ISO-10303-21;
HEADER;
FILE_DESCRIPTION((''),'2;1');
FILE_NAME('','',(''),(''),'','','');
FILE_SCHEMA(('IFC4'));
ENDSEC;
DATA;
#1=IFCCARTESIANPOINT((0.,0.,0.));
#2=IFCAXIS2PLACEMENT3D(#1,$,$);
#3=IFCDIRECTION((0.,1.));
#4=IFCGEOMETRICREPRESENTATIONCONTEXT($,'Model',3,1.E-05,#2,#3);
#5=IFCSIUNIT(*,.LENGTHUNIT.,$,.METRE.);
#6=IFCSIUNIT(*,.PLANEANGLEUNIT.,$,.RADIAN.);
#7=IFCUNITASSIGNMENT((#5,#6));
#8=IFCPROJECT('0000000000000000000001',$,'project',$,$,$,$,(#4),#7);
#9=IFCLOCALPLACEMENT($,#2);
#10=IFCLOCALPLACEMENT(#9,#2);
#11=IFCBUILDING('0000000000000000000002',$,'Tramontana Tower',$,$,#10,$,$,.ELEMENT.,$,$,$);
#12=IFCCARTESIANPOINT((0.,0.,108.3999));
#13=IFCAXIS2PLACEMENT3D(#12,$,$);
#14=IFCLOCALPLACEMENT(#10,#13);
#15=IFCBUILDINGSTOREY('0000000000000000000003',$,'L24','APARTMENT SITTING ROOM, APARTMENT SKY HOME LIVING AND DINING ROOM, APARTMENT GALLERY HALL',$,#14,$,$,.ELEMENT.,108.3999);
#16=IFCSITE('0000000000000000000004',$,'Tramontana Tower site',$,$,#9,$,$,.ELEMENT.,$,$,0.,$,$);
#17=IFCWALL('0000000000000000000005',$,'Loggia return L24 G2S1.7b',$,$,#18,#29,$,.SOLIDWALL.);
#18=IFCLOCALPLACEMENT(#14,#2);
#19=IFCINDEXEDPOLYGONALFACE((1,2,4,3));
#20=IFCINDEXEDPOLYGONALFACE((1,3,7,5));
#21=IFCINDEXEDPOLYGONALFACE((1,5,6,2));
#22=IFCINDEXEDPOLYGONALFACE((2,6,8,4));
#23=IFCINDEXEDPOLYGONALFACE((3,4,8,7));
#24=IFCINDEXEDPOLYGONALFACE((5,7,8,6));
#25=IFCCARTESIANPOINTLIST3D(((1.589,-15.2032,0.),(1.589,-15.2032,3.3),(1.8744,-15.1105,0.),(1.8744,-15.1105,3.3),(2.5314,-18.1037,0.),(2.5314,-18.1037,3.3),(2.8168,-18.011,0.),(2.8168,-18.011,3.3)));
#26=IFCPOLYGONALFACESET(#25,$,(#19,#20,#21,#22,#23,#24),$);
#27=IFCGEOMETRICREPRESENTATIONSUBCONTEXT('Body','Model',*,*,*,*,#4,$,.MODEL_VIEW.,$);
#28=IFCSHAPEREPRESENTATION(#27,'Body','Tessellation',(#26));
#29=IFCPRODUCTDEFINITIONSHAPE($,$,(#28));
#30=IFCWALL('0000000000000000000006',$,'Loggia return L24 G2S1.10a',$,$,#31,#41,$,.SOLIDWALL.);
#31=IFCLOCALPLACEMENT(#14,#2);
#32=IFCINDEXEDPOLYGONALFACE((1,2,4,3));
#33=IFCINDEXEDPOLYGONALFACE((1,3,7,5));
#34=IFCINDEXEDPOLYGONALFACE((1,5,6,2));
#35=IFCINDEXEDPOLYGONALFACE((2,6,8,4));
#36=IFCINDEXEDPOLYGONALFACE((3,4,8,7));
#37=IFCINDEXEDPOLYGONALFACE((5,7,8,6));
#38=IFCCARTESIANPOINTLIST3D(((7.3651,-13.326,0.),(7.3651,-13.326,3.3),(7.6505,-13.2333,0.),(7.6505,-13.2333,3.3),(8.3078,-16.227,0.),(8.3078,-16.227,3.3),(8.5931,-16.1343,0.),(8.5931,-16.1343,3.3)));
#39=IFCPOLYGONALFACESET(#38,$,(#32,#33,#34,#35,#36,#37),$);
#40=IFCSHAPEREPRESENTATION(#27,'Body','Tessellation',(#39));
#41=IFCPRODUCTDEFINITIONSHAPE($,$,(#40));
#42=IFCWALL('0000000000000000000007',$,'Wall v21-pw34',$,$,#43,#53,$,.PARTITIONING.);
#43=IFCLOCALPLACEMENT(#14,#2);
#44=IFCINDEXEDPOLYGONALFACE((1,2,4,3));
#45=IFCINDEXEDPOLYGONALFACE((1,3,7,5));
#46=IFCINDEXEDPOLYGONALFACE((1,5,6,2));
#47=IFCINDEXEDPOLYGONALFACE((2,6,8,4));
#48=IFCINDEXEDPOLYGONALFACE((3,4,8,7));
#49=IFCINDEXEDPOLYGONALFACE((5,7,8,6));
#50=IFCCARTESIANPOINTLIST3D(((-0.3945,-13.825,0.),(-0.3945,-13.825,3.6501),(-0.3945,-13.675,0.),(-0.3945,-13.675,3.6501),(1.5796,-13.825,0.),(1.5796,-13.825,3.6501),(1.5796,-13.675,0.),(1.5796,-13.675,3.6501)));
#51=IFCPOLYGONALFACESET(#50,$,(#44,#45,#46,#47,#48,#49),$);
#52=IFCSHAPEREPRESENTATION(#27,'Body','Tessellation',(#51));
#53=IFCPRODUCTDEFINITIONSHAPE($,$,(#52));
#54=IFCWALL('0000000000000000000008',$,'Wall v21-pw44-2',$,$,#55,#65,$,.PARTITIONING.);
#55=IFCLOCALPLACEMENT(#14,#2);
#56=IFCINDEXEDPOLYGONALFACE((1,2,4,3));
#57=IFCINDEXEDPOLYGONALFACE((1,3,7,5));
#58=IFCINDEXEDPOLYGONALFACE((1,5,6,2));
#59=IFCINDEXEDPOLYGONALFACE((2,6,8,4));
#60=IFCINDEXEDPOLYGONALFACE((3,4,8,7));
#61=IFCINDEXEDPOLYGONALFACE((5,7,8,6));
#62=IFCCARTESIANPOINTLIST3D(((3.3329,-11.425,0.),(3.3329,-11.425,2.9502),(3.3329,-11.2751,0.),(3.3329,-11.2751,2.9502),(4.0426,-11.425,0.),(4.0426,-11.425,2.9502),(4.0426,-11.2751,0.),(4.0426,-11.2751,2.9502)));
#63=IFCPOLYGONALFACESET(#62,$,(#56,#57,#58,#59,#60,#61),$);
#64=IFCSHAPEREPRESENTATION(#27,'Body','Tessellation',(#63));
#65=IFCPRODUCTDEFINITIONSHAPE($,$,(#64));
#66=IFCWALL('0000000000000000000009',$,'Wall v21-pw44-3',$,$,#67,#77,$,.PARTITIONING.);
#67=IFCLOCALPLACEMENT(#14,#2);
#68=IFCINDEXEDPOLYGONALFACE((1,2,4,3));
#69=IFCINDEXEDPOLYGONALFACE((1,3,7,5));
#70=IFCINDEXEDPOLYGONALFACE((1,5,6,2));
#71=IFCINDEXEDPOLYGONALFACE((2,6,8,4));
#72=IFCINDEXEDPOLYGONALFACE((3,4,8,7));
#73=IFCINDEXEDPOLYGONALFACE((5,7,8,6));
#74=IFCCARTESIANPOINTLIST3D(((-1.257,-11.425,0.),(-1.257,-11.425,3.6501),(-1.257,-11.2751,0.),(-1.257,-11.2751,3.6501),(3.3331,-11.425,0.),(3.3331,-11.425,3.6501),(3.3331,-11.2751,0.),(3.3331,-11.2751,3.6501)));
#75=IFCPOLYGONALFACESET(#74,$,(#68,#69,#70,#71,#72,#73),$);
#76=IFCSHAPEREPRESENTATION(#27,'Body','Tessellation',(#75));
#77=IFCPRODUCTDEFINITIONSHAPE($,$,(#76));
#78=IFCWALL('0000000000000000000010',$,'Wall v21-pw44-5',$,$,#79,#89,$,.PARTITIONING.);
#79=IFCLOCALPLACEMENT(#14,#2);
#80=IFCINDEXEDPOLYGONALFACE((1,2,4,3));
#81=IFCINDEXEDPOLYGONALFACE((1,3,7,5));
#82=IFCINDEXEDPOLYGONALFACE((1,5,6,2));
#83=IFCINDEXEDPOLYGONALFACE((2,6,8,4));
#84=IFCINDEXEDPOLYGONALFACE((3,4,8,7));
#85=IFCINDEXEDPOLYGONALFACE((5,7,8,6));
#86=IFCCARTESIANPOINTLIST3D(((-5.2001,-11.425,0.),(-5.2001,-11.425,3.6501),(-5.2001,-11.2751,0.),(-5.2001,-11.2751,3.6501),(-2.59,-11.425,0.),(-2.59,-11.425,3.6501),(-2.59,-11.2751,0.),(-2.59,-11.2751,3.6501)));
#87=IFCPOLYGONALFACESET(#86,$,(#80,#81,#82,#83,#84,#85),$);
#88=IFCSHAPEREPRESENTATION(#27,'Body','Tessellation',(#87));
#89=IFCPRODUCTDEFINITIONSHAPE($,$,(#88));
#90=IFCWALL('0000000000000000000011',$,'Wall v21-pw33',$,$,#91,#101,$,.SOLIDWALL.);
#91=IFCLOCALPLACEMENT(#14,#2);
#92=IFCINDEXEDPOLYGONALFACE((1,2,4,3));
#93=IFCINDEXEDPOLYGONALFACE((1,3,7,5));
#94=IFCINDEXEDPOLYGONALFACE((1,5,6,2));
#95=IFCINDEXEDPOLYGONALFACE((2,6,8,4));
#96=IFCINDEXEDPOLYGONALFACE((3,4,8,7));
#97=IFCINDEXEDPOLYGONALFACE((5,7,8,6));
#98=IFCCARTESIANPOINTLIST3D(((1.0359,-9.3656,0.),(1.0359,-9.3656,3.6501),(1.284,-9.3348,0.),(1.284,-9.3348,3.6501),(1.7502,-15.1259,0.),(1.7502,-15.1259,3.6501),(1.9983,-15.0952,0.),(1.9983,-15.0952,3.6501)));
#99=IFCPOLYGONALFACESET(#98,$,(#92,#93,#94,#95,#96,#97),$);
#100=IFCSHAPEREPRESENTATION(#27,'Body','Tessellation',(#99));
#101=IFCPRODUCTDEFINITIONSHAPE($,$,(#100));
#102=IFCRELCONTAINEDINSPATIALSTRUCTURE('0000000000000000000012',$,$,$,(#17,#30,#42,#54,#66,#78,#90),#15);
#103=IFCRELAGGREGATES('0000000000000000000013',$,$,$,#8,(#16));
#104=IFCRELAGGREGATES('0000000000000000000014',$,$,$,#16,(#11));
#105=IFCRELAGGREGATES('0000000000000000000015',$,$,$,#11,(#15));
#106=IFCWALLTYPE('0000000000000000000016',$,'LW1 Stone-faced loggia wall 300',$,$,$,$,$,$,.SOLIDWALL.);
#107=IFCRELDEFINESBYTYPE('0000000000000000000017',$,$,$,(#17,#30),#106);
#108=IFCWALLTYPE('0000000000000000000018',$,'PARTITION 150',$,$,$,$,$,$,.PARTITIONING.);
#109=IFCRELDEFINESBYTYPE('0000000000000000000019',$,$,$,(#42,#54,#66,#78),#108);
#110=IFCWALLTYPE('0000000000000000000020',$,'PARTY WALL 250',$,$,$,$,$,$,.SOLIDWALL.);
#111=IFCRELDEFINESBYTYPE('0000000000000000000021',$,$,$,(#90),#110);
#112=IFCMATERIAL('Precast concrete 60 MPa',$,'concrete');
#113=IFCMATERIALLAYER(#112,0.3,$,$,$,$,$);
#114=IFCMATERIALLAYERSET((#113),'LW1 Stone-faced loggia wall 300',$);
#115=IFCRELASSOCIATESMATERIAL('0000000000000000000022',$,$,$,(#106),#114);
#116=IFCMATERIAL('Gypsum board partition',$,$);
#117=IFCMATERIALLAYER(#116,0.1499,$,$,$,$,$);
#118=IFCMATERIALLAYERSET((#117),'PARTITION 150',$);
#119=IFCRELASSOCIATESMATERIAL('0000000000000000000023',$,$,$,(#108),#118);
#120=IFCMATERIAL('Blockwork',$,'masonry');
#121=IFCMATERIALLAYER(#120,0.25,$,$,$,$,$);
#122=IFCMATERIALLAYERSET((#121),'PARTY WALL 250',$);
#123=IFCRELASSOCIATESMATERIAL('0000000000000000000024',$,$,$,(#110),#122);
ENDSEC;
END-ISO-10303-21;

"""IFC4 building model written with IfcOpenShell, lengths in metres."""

from ifc_helpers import new_model, si_unit, direction, frame, frame_2d, origin, place, context, subcontext, project, spatial, rectangle, extrude, material, layer, layer_set, type_object, element, save


model = new_model("IFC4")

# Units and contexts
model_context = context("Model", 3, precision=1e-05, world=origin(), true_north=direction((0.0, 1.0)))
body_context = subcontext(model_context, "Body", "Model", "MODEL_VIEW")
ifc_project = project(units=[si_unit("LENGTHUNIT", "METRE"), si_unit("PLANEANGLEUNIT", "RADIAN")], contexts=[model_context])

# Site, building, storey
site_placement = place(None, origin())
site = spatial("IfcSite", under=ifc_project, at=site_placement, Name="Tramontana Tower site", CompositionType="ELEMENT", RefElevation=0.0)
building_placement = place(site_placement, origin())
building = spatial("IfcBuilding", under=site, at=building_placement, Name="Tramontana Tower", CompositionType="ELEMENT")
storey_placement = place(building_placement, frame((0.0, 0.0, 108.3999)))
storey = spatial("IfcBuildingStorey", under=building, at=storey_placement, Name="L24", Description="APARTMENT SITTING ROOM, APARTMENT SKY HOME LIVING AND DINING ROOM, APARTMENT GALLERY HALL", CompositionType="ELEMENT", Elevation=108.3999)

# Shared definitions
ifc_material_1 = material(Name="Precast concrete 60 MPa", Category="concrete")
ifc_layer_1 = layer(ifc_material_1, 0.3)
ifc_layer_set_1 = layer_set([ifc_layer_1], Name="LW1 Stone-faced loggia wall 300")
wall_type_1 = type_object("IfcWallType", Name="LW1 Stone-faced loggia wall 300", PredefinedType="SOLIDWALL", material=ifc_layer_set_1)

# Wall
wall_1_placement = place(storey_placement, frame((2.6741, -18.0574, 0.0), z_axis=(0.0, 0.0, 1.0), x_axis=(-0.30899, 0.951065, 0.0)))
element("IfcWall", 1, at=wall_1_placement, inside=storey, type_object=wall_type_1, Name="Loggia return L24 G2S1.7b", PredefinedType="SOLIDWALL", context=body_context, shape_type="SweptSolid", body=[
    extrude(rectangle(XDim=3.0498, YDim=0.3, at=frame_2d((1.5249, 0.0))), origin(), (0.0, 0.0, 1.0), 3.3),
])

# Wall
wall_2_placement = place(storey_placement, frame((8.4504, -16.1807, 0.0), z_axis=(0.0, 0.0, 1.0), x_axis=(-0.309039, 0.951049, 0.0)))
element("IfcWall", 2, at=wall_2_placement, inside=storey, type_object=wall_type_1, Name="Loggia return L24 G2S1.10a", PredefinedType="SOLIDWALL", context=body_context, shape_type="SweptSolid", body=[
    extrude(rectangle(XDim=3.0503, YDim=0.3, at=frame_2d((1.5251, 0.0))), origin(), (0.0, 0.0, 1.0), 3.3),
])

# Shared definitions
ifc_material_2 = material(Name="Gypsum board partition")
ifc_layer_2 = layer(ifc_material_2, 0.1499)
ifc_layer_set_2 = layer_set([ifc_layer_2], Name="PARTITION 150")
wall_type_2 = type_object("IfcWallType", Name="PARTITION 150", PredefinedType="PARTITIONING", material=ifc_layer_set_2)

# Walls
wall_3_placement = place(storey_placement, frame((1.5796, -13.75, 0.0), z_axis=(0.0, 0.0, 1.0), x_axis=(-1.0, 0.0, 0.0)))
element("IfcWall", 3, at=wall_3_placement, inside=storey, type_object=wall_type_2, Name="Wall v21-pw34", PredefinedType="PARTITIONING", context=body_context, shape_type="SweptSolid", body=[
    extrude(rectangle(XDim=1.9741, YDim=0.1499, at=frame_2d((0.9871, 0.0))), origin(), (0.0, 0.0, 1.0), 3.6501),
])
wall_4_placement = place(storey_placement, frame((4.0427, -11.3501, 0.0), z_axis=(0.0, 0.0, 1.0), x_axis=(-1.0, 0.0, 0.0)))
element("IfcWall", 4, at=wall_4_placement, inside=storey, type_object=wall_type_2, Name="Wall v21-pw44-2", PredefinedType="PARTITIONING", context=body_context, shape_type="SweptSolid", body=[
    extrude(rectangle(XDim=0.7097, YDim=0.1499, at=frame_2d((0.355, 0.0))), origin(), (0.0, 0.0, 1.0), 2.9502),
])
wall_5_placement = place(storey_placement, frame((3.333, -11.3501, 0.0), z_axis=(0.0, 0.0, 1.0), x_axis=(-1.0, 0.0, 0.0)))
element("IfcWall", 5, at=wall_5_placement, inside=storey, type_object=wall_type_2, Name="Wall v21-pw44-3", PredefinedType="PARTITIONING", context=body_context, shape_type="SweptSolid", body=[
    extrude(rectangle(XDim=4.5901, YDim=0.1499, at=frame_2d((2.2949, 0.0))), origin(), (0.0, 0.0, 1.0), 3.6501),
])

# Walls
wall_6_placement = place(storey_placement, frame((-2.5898, -11.3501, 0.0), z_axis=(0.0, 0.0, 1.0), x_axis=(-1.0, 0.0, 0.0)))
element("IfcWall", 6, at=wall_6_placement, inside=storey, type_object=wall_type_2, Name="Wall v21-pw44-5", PredefinedType="PARTITIONING", context=body_context, shape_type="SweptSolid", body=[
    extrude(rectangle(XDim=2.6101, YDim=0.1499, at=frame_2d((1.3052, 0.0))), origin(), (0.0, 0.0, 1.0), 3.6501),
])
ifc_material_3 = material(Name="Blockwork", Category="masonry")
ifc_layer_3 = layer(ifc_material_3, 0.25)
ifc_layer_set_3 = layer_set([ifc_layer_3], Name="PARTY WALL 250")
wall_type_3 = type_object("IfcWallType", Name="PARTY WALL 250", PredefinedType="SOLIDWALL", material=ifc_layer_set_3)
wall_7_placement = place(storey_placement, frame((1.1599, -9.3501, 0.0), z_axis=(0.0, 0.0, 1.0), x_axis=(0.123072, -0.992398, 0.0)))
element("IfcWall", 7, at=wall_7_placement, inside=storey, type_object=wall_type_3, Name="Wall v21-pw33", PredefinedType="SOLIDWALL", context=body_context, shape_type="SweptSolid", body=[
    extrude(rectangle(XDim=5.8044, YDim=0.25, at=frame_2d((2.9023, 0.0))), origin(), (0.0, 0.0, 1.0), 3.6501),
])

save(model, "model.ifc")
